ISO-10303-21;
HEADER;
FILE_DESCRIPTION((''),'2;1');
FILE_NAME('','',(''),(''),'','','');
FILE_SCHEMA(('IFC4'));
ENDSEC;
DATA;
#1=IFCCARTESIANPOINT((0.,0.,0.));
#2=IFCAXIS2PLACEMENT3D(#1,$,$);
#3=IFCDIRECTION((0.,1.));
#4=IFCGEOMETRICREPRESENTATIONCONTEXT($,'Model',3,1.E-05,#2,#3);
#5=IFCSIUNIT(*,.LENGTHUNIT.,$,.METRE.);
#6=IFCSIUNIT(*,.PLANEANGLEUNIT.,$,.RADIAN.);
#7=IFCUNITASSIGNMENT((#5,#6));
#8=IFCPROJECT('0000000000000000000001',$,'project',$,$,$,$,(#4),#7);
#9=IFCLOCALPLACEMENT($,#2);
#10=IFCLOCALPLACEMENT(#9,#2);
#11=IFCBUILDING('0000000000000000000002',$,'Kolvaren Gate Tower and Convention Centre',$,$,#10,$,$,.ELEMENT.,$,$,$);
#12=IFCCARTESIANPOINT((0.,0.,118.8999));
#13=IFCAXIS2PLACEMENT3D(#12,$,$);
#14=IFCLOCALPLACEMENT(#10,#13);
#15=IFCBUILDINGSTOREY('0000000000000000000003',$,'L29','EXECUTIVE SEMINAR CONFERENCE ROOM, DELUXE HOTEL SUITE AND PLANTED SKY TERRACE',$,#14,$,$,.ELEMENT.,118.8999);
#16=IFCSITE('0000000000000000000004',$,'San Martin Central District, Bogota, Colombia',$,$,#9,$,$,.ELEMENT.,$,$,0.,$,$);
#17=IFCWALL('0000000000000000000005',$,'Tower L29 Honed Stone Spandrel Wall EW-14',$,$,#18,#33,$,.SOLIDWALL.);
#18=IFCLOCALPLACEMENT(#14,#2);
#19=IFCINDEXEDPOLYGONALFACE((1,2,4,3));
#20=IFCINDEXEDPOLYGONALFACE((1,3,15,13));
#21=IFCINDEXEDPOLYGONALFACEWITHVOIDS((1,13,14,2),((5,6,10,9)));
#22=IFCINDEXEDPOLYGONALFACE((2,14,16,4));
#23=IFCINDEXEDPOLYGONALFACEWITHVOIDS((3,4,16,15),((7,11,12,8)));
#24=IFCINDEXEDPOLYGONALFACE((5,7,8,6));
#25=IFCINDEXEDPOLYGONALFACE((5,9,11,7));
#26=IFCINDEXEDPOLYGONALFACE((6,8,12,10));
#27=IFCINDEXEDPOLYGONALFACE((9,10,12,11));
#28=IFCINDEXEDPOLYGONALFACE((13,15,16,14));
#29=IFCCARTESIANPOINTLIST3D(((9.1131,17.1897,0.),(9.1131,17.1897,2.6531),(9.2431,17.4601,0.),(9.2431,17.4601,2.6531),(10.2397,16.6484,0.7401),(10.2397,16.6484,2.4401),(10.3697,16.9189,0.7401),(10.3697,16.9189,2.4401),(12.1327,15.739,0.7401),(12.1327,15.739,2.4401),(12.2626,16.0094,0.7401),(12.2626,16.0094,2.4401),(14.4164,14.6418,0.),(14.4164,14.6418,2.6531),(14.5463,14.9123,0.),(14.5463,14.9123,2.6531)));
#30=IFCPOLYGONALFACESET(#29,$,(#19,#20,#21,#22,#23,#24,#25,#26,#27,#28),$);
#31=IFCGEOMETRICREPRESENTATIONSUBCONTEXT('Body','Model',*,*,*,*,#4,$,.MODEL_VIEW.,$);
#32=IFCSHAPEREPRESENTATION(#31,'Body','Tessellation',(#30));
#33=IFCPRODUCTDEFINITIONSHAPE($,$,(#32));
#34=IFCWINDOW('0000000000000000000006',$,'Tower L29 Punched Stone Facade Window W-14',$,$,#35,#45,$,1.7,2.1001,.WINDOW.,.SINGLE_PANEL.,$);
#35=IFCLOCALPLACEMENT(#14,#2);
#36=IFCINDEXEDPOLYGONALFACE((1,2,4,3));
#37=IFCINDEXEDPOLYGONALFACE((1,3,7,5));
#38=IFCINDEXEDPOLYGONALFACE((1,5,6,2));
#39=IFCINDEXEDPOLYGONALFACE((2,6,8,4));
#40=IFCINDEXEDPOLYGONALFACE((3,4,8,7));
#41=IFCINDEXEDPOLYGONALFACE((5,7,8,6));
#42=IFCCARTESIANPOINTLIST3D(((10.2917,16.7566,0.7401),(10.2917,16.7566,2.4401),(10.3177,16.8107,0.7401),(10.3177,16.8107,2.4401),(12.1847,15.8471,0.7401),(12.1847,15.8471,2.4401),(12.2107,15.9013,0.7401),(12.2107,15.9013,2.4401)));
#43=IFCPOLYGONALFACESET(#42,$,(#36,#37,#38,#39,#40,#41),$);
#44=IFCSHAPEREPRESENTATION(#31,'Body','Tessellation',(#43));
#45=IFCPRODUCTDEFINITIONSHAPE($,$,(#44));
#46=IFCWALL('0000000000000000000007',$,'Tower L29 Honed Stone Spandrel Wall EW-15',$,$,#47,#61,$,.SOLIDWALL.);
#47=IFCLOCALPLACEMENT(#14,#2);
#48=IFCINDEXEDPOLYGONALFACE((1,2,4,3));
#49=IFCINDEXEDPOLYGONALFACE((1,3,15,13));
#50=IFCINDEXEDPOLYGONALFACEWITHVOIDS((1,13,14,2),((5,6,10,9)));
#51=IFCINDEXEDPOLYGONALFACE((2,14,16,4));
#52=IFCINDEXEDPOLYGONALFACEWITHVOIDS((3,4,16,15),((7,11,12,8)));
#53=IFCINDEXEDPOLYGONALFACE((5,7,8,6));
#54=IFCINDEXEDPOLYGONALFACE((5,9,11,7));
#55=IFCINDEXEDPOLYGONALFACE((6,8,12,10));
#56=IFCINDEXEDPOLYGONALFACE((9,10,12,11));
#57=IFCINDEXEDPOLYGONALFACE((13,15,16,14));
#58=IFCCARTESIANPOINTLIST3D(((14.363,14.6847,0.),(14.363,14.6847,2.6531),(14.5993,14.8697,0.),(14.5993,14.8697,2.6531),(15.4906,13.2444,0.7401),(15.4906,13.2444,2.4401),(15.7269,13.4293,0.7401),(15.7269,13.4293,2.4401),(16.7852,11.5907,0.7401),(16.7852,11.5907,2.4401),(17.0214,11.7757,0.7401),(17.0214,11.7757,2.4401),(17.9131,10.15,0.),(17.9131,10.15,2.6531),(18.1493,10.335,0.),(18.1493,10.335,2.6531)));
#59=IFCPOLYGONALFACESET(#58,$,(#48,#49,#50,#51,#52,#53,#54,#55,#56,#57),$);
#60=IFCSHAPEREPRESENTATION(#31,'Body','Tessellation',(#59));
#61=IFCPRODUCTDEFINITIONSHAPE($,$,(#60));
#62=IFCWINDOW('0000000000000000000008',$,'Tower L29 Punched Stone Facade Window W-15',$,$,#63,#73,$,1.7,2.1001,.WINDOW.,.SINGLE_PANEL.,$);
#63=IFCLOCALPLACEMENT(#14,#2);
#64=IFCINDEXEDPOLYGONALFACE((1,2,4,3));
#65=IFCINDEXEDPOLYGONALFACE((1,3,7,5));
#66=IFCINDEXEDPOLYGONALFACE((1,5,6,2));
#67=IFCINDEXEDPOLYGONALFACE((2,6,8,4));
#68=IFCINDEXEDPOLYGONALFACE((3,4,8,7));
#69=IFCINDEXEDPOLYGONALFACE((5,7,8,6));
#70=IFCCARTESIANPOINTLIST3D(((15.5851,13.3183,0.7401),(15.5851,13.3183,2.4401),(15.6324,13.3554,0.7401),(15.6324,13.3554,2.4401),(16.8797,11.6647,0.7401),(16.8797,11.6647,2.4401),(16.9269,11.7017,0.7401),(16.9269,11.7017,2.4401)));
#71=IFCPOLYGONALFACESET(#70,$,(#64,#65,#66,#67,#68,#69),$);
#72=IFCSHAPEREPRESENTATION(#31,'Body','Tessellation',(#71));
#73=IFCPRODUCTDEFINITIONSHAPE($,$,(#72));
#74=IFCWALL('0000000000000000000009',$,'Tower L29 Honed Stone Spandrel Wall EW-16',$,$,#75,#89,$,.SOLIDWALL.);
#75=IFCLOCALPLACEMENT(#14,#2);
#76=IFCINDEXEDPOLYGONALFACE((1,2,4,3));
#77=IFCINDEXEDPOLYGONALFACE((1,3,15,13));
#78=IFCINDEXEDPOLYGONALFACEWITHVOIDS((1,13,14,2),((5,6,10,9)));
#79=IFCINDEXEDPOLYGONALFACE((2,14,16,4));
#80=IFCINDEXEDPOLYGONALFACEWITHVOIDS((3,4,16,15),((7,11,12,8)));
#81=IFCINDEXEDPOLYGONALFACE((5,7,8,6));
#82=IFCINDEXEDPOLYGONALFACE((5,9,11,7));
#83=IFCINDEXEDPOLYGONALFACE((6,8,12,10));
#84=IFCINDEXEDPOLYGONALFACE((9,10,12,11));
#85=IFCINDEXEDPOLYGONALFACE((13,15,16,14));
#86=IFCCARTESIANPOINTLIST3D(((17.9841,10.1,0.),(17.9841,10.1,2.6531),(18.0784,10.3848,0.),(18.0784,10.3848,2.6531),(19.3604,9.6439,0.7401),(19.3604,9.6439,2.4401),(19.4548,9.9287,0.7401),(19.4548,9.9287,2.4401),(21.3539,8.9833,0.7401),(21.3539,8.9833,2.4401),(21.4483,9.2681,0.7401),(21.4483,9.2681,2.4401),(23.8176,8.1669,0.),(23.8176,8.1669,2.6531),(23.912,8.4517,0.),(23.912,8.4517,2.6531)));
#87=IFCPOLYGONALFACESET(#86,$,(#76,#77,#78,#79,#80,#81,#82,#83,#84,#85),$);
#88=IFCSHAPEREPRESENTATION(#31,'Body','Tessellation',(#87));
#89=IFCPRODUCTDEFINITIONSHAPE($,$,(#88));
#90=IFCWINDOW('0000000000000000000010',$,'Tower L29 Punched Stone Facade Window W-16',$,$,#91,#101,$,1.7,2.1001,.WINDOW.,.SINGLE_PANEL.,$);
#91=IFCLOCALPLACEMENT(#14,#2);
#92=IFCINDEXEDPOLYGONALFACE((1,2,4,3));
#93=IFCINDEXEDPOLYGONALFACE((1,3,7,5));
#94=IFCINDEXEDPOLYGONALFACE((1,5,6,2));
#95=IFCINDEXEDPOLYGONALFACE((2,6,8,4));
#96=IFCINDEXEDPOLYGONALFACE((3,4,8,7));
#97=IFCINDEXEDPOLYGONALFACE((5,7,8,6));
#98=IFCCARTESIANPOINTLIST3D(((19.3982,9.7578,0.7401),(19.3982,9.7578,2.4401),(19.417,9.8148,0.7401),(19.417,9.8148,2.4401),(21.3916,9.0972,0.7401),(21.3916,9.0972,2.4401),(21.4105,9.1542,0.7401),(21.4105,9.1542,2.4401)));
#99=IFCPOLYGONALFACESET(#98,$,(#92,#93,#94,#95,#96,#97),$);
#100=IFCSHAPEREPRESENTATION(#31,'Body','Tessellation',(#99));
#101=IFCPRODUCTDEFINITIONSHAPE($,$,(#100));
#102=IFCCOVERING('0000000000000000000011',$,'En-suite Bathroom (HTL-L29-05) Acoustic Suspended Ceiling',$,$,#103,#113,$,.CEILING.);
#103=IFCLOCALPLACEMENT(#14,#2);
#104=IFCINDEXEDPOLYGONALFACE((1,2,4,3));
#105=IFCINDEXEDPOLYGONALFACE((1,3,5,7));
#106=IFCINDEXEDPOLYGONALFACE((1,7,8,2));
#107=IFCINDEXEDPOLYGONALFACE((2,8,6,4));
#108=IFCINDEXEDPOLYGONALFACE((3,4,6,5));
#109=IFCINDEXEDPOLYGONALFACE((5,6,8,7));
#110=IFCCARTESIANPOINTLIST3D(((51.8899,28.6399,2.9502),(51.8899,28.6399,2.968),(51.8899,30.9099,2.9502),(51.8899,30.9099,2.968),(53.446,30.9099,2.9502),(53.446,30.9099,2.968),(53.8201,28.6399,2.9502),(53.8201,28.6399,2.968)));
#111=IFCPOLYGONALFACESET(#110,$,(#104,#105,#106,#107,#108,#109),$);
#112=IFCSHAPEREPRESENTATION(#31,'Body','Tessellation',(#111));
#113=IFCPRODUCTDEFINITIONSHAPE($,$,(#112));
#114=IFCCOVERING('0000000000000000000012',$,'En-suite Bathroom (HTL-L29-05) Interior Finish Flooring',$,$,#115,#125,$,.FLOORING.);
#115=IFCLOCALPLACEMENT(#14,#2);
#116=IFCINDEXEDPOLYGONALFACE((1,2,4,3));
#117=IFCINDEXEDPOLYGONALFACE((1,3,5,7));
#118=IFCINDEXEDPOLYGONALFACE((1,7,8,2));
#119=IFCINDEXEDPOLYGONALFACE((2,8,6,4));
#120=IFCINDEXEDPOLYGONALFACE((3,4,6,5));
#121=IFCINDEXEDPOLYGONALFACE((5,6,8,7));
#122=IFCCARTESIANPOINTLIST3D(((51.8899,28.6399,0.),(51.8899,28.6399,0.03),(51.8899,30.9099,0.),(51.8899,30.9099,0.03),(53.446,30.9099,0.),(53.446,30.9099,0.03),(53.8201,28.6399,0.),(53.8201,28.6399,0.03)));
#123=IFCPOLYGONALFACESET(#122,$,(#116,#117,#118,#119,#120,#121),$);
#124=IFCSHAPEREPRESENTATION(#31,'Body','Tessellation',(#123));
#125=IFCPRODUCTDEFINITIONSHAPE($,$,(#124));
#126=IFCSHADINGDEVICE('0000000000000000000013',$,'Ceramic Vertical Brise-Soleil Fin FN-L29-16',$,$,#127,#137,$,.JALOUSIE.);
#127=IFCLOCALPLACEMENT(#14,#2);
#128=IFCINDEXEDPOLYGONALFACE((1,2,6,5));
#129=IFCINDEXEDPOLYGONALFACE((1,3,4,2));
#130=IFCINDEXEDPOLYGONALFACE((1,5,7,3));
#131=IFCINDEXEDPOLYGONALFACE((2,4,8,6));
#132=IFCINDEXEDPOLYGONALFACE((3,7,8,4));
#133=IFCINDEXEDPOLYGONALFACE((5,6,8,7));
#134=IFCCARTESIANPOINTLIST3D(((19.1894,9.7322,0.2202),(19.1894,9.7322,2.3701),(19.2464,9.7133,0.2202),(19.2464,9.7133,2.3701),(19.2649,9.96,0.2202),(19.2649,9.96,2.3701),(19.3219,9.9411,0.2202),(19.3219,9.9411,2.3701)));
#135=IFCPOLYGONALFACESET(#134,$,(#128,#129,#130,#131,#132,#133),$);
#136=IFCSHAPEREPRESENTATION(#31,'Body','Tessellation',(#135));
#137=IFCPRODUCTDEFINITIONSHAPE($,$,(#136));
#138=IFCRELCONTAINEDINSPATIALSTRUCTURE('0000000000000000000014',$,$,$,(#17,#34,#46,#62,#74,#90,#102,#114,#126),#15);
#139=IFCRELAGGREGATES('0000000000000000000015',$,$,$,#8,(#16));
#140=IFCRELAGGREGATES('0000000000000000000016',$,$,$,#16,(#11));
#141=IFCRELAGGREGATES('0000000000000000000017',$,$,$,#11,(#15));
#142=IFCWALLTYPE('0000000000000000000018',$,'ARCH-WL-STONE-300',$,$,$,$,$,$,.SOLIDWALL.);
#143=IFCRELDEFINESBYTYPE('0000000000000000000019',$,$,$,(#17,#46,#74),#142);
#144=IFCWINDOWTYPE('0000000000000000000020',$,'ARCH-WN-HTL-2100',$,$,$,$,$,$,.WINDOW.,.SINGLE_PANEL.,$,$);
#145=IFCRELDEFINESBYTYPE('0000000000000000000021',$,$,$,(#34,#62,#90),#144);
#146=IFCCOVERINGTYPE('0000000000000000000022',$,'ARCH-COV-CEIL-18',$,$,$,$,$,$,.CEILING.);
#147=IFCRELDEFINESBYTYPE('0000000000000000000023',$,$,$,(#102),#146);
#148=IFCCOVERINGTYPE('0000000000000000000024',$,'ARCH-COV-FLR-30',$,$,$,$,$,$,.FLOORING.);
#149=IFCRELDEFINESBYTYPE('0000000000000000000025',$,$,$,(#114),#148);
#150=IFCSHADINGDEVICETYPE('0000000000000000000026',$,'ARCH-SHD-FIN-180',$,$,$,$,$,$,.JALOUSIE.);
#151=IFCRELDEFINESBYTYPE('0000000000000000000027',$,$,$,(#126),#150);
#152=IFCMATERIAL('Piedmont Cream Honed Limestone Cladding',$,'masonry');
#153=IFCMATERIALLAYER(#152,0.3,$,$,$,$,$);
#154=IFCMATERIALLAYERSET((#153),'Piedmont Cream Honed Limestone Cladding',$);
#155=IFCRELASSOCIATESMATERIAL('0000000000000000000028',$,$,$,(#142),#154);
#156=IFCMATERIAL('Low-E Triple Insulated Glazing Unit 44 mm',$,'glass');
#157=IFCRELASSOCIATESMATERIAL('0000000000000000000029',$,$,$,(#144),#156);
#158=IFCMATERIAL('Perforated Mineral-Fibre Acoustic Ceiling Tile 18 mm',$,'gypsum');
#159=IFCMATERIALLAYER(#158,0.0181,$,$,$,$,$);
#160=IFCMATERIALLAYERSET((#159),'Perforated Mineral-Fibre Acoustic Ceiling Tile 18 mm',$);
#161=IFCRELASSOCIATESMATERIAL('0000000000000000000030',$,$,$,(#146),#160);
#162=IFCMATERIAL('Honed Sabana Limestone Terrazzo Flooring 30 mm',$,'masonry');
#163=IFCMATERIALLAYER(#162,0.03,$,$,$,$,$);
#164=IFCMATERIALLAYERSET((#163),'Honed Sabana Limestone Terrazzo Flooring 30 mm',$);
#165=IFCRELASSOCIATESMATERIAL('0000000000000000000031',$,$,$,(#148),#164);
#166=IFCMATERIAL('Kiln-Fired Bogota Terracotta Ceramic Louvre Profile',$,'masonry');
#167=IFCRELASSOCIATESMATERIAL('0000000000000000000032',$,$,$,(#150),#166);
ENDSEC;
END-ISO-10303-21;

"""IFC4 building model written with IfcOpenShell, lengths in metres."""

from ifc_helpers import new_model, si_unit, direction, frame, frame_2d, origin, origin_2d, place, context, subcontext, project, spatial, polyline, rectangle, outline, extrude, material, layer, layer_set, type_object, element, fill, save


model = new_model("IFC4")

# Units and contexts
model_context = context("Model", 3, precision=1e-05, world=origin(), true_north=direction((0.0, 1.0)))
body_context = subcontext(model_context, "Body", "Model", "MODEL_VIEW")
ifc_project = project(units=[si_unit("LENGTHUNIT", "METRE"), si_unit("PLANEANGLEUNIT", "RADIAN")], contexts=[model_context])

# Site, building, storey
site_placement = place(None, origin())
site = spatial("IfcSite", under=ifc_project, at=site_placement, Name="San Martin Central District, Bogota, Colombia", CompositionType="ELEMENT", RefElevation=0.0)
building_placement = place(site_placement, origin())
building = spatial("IfcBuilding", under=site, at=building_placement, Name="Kolvaren Gate Tower and Convention Centre", CompositionType="ELEMENT")
storey_placement = place(building_placement, frame((0.0, 0.0, 118.8999)))
storey = spatial("IfcBuildingStorey", under=building, at=storey_placement, Name="L29", Description="EXECUTIVE SEMINAR CONFERENCE ROOM, DELUXE HOTEL SUITE AND PLANTED SKY TERRACE", CompositionType="ELEMENT", Elevation=118.8999)

# Shared definitions
ifc_material_1 = material(Name="Piedmont Cream Honed Limestone Cladding", Category="masonry")

# Walls, openings, windows
ifc_layer_1 = layer(ifc_material_1, 0.3)
ifc_layer_set_1 = layer_set([ifc_layer_1], Name="Piedmont Cream Honed Limestone Cladding")
wall_type_1 = type_object("IfcWallType", Name="ARCH-WL-STONE-300", PredefinedType="SOLIDWALL", material=ifc_layer_set_1)
wall_1_placement = place(storey_placement, frame((9.178, 17.325, 0.0), z_axis=(0.0, 0.0, 1.0), x_axis=(0.90137, -0.433049, 0.0)))
wall_1 = element("IfcWall", 1, at=wall_1_placement, inside=storey, type_object=wall_type_1, Name="Tower L29 Honed Stone Spandrel Wall EW-14", PredefinedType="SOLIDWALL", context=body_context, shape_type="SweptSolid", body=[
    extrude(rectangle(XDim=5.8835, YDim=0.3, at=frame_2d((2.9419, 0.0))), origin(), (0.0, 0.0, 1.0), 2.6531),
])
opening_1_placement = place(wall_1_placement, frame((1.25, 0.0, 0.74)))
opening_1 = element("IfcOpeningElement", 2, at=opening_1_placement, cuts=wall_1, PredefinedType="OPENING", context=body_context, shape_type="SweptSolid", body=[
    extrude(rectangle(XDim=2.1001, YDim=1.7, at=frame_2d((1.05, 0.8501))), frame((0.0, 0.1599, 0.0), z_axis=(0.0, -1.0, 0.0), x_axis=(1.0, 0.0, 0.0)), (0.0, 0.0, 1.0), 0.3201),
])
ifc_material_2 = material(Name="Low-E Triple Insulated Glazing Unit 44 mm", Category="glass")
window_type = type_object("IfcWindowType", Name="ARCH-WN-HTL-2100", PartitioningType="SINGLE_PANEL", PredefinedType="WINDOW", material=ifc_material_2)
window_1_placement = place(opening_1_placement, origin())
window_1 = element("IfcWindow", 3, at=window_1_placement, inside=storey, type_object=window_type, Name="Tower L29 Punched Stone Facade Window W-14", OverallHeight=1.7, OverallWidth=2.1001, PartitioningType="SINGLE_PANEL", PredefinedType="WINDOW", context=body_context, shape_type="SweptSolid", body=[
    extrude(rectangle(XDim=2.1001, YDim=1.7, at=frame_2d((1.05, 0.8501))), frame((0.0, 0.03, 0.0), z_axis=(0.0, -1.0, 0.0), x_axis=(1.0, 0.0, 0.0)), (0.0, 0.0, 1.0), 0.0601),
])
fill(opening_1, window_1)
wall_2_placement = place(storey_placement, frame((14.4812, 14.7771, 0.0), z_axis=(0.0, 0.0, 1.0), x_axis=(0.616435, -0.787406, 0.0)))
wall_2 = element("IfcWall", 4, at=wall_2_placement, inside=storey, type_object=wall_type_1, Name="Tower L29 Honed Stone Spandrel Wall EW-15", PredefinedType="SOLIDWALL", context=body_context, shape_type="SweptSolid", body=[
    extrude(rectangle(XDim=5.759, YDim=0.3, at=frame_2d((2.8794, 0.0))), origin(), (0.0, 0.0, 1.0), 2.6531),
])
opening_2_placement = place(wall_2_placement, frame((1.8291, 0.0, 0.74)))
opening_2 = element("IfcOpeningElement", 5, at=opening_2_placement, cuts=wall_2, PredefinedType="OPENING", context=body_context, shape_type="SweptSolid", body=[
    extrude(rectangle(XDim=2.1001, YDim=1.7, at=frame_2d((1.05, 0.8501))), frame((0.0, 0.1599, 0.0), z_axis=(0.0, -1.0, 0.0), x_axis=(1.0, 0.0, 0.0)), (0.0, 0.0, 1.0), 0.3201),
])
window_2_placement = place(opening_2_placement, origin())
window_2 = element("IfcWindow", 6, at=window_2_placement, inside=storey, type_object=window_type, Name="Tower L29 Punched Stone Facade Window W-15", OverallHeight=1.7, OverallWidth=2.1001, PartitioningType="SINGLE_PANEL", PredefinedType="WINDOW", context=body_context, shape_type="SweptSolid", body=[
    extrude(rectangle(XDim=2.1001, YDim=1.7, at=frame_2d((1.05, 0.8501))), frame((0.0, 0.03, 0.0), z_axis=(0.0, -1.0, 0.0), x_axis=(1.0, 0.0, 0.0)), (0.0, 0.0, 1.0), 0.0601),
])
fill(opening_2, window_2)
wall_3_placement = place(storey_placement, frame((18.0312, 10.2424, 0.0), z_axis=(0.0, 0.0, 1.0), x_axis=(0.949238, -0.314559, 0.0)))
wall_3 = element("IfcWall", 7, at=wall_3_placement, inside=storey, type_object=wall_type_1, Name="Tower L29 Honed Stone Spandrel Wall EW-16", PredefinedType="SOLIDWALL", context=body_context, shape_type="SweptSolid", body=[
    extrude(rectangle(XDim=6.1455, YDim=0.3, at=frame_2d((3.0728, 0.0))), origin(), (0.0, 0.0, 1.0), 2.6531),
])
opening_3_placement = place(wall_3_placement, frame((1.45, 0.0, 0.74)))
opening_3 = element("IfcOpeningElement", 8, at=opening_3_placement, cuts=wall_3, PredefinedType="OPENING", context=body_context, shape_type="SweptSolid", body=[
    extrude(rectangle(XDim=2.1001, YDim=1.7, at=frame_2d((1.05, 0.8501))), frame((0.0, 0.1599, 0.0), z_axis=(0.0, -1.0, 0.0), x_axis=(1.0, 0.0, 0.0)), (0.0, 0.0, 1.0), 0.3201),
])
window_3_placement = place(opening_3_placement, origin())
window_3 = element("IfcWindow", 9, at=window_3_placement, inside=storey, type_object=window_type, Name="Tower L29 Punched Stone Facade Window W-16", OverallHeight=1.7, OverallWidth=2.1001, PartitioningType="SINGLE_PANEL", PredefinedType="WINDOW", context=body_context, shape_type="SweptSolid", body=[
    extrude(rectangle(XDim=2.1001, YDim=1.7, at=frame_2d((1.05, 0.8501))), frame((0.0, 0.03, 0.0), z_axis=(0.0, -1.0, 0.0), x_axis=(1.0, 0.0, 0.0)), (0.0, 0.0, 1.0), 0.0601),
])
fill(opening_3, window_3)

# Coverings
ifc_material_3 = material(Name="Perforated Mineral-Fibre Acoustic Ceiling Tile 18 mm", Category="gypsum")
ifc_layer_2 = layer(ifc_material_3, 0.0181)
ifc_layer_set_2 = layer_set([ifc_layer_2], Name="Perforated Mineral-Fibre Acoustic Ceiling Tile 18 mm")
covering_type_1 = type_object("IfcCoveringType", Name="ARCH-COV-CEIL-18", PredefinedType="CEILING", material=ifc_layer_set_2)
covering_1_placement = place(storey_placement, frame((0.0, 0.0, 2.9502)))
element("IfcCovering", 10, at=covering_1_placement, inside=storey, type_object=covering_type_1, Name="En-suite Bathroom (HTL-L29-05) Acoustic Suspended Ceiling", PredefinedType="CEILING", context=body_context, shape_type="SweptSolid", body=[
    extrude(outline(polyline([(51.8899, 28.6399), (51.8899, 30.9099), (53.446, 30.9099), (53.8201, 28.6399), (51.8899, 28.6399)])), origin(), (0.0, 0.0, 1.0), 0.0178),
])
ifc_material_4 = material(Name="Honed Sabana Limestone Terrazzo Flooring 30 mm", Category="masonry")
ifc_layer_3 = layer(ifc_material_4, 0.03)
ifc_layer_set_3 = layer_set([ifc_layer_3], Name="Honed Sabana Limestone Terrazzo Flooring 30 mm")
covering_type_2 = type_object("IfcCoveringType", Name="ARCH-COV-FLR-30", PredefinedType="FLOORING", material=ifc_layer_set_3)
covering_2_placement = place(storey_placement, origin())
element("IfcCovering", 11, at=covering_2_placement, inside=storey, type_object=covering_type_2, Name="En-suite Bathroom (HTL-L29-05) Interior Finish Flooring", PredefinedType="FLOORING", context=body_context, shape_type="SweptSolid", body=[
    extrude(outline(polyline([(51.8899, 28.6399), (51.8899, 30.9099), (53.446, 30.9099), (53.8201, 28.6399), (51.8899, 28.6399)])), origin(), (0.0, 0.0, 1.0), 0.03),
])

# Shading device
ifc_material_5 = material(Name="Kiln-Fired Bogota Terracotta Ceramic Louvre Profile", Category="masonry")
shading_device_type = type_object("IfcShadingDeviceType", Name="ARCH-SHD-FIN-180", PredefinedType="JALOUSIE", material=ifc_material_5)
shading_device_placement = place(storey_placement, frame((19.2556, 9.8367, 0.2202), z_axis=(0.0, 0.0, 1.0), x_axis=(0.94924, -0.314552, 0.0)))
element("IfcShadingDevice", 12, at=shading_device_placement, inside=storey, type_object=shading_device_type, Name="Ceramic Vertical Brise-Soleil Fin FN-L29-16", PredefinedType="JALOUSIE", context=body_context, shape_type="SweptSolid", body=[
    extrude(rectangle(XDim=0.0601, YDim=0.24, at=origin_2d()), origin(), (0.0, 0.0, 1.0), 2.1499),
])

save(model, "model.ifc")
